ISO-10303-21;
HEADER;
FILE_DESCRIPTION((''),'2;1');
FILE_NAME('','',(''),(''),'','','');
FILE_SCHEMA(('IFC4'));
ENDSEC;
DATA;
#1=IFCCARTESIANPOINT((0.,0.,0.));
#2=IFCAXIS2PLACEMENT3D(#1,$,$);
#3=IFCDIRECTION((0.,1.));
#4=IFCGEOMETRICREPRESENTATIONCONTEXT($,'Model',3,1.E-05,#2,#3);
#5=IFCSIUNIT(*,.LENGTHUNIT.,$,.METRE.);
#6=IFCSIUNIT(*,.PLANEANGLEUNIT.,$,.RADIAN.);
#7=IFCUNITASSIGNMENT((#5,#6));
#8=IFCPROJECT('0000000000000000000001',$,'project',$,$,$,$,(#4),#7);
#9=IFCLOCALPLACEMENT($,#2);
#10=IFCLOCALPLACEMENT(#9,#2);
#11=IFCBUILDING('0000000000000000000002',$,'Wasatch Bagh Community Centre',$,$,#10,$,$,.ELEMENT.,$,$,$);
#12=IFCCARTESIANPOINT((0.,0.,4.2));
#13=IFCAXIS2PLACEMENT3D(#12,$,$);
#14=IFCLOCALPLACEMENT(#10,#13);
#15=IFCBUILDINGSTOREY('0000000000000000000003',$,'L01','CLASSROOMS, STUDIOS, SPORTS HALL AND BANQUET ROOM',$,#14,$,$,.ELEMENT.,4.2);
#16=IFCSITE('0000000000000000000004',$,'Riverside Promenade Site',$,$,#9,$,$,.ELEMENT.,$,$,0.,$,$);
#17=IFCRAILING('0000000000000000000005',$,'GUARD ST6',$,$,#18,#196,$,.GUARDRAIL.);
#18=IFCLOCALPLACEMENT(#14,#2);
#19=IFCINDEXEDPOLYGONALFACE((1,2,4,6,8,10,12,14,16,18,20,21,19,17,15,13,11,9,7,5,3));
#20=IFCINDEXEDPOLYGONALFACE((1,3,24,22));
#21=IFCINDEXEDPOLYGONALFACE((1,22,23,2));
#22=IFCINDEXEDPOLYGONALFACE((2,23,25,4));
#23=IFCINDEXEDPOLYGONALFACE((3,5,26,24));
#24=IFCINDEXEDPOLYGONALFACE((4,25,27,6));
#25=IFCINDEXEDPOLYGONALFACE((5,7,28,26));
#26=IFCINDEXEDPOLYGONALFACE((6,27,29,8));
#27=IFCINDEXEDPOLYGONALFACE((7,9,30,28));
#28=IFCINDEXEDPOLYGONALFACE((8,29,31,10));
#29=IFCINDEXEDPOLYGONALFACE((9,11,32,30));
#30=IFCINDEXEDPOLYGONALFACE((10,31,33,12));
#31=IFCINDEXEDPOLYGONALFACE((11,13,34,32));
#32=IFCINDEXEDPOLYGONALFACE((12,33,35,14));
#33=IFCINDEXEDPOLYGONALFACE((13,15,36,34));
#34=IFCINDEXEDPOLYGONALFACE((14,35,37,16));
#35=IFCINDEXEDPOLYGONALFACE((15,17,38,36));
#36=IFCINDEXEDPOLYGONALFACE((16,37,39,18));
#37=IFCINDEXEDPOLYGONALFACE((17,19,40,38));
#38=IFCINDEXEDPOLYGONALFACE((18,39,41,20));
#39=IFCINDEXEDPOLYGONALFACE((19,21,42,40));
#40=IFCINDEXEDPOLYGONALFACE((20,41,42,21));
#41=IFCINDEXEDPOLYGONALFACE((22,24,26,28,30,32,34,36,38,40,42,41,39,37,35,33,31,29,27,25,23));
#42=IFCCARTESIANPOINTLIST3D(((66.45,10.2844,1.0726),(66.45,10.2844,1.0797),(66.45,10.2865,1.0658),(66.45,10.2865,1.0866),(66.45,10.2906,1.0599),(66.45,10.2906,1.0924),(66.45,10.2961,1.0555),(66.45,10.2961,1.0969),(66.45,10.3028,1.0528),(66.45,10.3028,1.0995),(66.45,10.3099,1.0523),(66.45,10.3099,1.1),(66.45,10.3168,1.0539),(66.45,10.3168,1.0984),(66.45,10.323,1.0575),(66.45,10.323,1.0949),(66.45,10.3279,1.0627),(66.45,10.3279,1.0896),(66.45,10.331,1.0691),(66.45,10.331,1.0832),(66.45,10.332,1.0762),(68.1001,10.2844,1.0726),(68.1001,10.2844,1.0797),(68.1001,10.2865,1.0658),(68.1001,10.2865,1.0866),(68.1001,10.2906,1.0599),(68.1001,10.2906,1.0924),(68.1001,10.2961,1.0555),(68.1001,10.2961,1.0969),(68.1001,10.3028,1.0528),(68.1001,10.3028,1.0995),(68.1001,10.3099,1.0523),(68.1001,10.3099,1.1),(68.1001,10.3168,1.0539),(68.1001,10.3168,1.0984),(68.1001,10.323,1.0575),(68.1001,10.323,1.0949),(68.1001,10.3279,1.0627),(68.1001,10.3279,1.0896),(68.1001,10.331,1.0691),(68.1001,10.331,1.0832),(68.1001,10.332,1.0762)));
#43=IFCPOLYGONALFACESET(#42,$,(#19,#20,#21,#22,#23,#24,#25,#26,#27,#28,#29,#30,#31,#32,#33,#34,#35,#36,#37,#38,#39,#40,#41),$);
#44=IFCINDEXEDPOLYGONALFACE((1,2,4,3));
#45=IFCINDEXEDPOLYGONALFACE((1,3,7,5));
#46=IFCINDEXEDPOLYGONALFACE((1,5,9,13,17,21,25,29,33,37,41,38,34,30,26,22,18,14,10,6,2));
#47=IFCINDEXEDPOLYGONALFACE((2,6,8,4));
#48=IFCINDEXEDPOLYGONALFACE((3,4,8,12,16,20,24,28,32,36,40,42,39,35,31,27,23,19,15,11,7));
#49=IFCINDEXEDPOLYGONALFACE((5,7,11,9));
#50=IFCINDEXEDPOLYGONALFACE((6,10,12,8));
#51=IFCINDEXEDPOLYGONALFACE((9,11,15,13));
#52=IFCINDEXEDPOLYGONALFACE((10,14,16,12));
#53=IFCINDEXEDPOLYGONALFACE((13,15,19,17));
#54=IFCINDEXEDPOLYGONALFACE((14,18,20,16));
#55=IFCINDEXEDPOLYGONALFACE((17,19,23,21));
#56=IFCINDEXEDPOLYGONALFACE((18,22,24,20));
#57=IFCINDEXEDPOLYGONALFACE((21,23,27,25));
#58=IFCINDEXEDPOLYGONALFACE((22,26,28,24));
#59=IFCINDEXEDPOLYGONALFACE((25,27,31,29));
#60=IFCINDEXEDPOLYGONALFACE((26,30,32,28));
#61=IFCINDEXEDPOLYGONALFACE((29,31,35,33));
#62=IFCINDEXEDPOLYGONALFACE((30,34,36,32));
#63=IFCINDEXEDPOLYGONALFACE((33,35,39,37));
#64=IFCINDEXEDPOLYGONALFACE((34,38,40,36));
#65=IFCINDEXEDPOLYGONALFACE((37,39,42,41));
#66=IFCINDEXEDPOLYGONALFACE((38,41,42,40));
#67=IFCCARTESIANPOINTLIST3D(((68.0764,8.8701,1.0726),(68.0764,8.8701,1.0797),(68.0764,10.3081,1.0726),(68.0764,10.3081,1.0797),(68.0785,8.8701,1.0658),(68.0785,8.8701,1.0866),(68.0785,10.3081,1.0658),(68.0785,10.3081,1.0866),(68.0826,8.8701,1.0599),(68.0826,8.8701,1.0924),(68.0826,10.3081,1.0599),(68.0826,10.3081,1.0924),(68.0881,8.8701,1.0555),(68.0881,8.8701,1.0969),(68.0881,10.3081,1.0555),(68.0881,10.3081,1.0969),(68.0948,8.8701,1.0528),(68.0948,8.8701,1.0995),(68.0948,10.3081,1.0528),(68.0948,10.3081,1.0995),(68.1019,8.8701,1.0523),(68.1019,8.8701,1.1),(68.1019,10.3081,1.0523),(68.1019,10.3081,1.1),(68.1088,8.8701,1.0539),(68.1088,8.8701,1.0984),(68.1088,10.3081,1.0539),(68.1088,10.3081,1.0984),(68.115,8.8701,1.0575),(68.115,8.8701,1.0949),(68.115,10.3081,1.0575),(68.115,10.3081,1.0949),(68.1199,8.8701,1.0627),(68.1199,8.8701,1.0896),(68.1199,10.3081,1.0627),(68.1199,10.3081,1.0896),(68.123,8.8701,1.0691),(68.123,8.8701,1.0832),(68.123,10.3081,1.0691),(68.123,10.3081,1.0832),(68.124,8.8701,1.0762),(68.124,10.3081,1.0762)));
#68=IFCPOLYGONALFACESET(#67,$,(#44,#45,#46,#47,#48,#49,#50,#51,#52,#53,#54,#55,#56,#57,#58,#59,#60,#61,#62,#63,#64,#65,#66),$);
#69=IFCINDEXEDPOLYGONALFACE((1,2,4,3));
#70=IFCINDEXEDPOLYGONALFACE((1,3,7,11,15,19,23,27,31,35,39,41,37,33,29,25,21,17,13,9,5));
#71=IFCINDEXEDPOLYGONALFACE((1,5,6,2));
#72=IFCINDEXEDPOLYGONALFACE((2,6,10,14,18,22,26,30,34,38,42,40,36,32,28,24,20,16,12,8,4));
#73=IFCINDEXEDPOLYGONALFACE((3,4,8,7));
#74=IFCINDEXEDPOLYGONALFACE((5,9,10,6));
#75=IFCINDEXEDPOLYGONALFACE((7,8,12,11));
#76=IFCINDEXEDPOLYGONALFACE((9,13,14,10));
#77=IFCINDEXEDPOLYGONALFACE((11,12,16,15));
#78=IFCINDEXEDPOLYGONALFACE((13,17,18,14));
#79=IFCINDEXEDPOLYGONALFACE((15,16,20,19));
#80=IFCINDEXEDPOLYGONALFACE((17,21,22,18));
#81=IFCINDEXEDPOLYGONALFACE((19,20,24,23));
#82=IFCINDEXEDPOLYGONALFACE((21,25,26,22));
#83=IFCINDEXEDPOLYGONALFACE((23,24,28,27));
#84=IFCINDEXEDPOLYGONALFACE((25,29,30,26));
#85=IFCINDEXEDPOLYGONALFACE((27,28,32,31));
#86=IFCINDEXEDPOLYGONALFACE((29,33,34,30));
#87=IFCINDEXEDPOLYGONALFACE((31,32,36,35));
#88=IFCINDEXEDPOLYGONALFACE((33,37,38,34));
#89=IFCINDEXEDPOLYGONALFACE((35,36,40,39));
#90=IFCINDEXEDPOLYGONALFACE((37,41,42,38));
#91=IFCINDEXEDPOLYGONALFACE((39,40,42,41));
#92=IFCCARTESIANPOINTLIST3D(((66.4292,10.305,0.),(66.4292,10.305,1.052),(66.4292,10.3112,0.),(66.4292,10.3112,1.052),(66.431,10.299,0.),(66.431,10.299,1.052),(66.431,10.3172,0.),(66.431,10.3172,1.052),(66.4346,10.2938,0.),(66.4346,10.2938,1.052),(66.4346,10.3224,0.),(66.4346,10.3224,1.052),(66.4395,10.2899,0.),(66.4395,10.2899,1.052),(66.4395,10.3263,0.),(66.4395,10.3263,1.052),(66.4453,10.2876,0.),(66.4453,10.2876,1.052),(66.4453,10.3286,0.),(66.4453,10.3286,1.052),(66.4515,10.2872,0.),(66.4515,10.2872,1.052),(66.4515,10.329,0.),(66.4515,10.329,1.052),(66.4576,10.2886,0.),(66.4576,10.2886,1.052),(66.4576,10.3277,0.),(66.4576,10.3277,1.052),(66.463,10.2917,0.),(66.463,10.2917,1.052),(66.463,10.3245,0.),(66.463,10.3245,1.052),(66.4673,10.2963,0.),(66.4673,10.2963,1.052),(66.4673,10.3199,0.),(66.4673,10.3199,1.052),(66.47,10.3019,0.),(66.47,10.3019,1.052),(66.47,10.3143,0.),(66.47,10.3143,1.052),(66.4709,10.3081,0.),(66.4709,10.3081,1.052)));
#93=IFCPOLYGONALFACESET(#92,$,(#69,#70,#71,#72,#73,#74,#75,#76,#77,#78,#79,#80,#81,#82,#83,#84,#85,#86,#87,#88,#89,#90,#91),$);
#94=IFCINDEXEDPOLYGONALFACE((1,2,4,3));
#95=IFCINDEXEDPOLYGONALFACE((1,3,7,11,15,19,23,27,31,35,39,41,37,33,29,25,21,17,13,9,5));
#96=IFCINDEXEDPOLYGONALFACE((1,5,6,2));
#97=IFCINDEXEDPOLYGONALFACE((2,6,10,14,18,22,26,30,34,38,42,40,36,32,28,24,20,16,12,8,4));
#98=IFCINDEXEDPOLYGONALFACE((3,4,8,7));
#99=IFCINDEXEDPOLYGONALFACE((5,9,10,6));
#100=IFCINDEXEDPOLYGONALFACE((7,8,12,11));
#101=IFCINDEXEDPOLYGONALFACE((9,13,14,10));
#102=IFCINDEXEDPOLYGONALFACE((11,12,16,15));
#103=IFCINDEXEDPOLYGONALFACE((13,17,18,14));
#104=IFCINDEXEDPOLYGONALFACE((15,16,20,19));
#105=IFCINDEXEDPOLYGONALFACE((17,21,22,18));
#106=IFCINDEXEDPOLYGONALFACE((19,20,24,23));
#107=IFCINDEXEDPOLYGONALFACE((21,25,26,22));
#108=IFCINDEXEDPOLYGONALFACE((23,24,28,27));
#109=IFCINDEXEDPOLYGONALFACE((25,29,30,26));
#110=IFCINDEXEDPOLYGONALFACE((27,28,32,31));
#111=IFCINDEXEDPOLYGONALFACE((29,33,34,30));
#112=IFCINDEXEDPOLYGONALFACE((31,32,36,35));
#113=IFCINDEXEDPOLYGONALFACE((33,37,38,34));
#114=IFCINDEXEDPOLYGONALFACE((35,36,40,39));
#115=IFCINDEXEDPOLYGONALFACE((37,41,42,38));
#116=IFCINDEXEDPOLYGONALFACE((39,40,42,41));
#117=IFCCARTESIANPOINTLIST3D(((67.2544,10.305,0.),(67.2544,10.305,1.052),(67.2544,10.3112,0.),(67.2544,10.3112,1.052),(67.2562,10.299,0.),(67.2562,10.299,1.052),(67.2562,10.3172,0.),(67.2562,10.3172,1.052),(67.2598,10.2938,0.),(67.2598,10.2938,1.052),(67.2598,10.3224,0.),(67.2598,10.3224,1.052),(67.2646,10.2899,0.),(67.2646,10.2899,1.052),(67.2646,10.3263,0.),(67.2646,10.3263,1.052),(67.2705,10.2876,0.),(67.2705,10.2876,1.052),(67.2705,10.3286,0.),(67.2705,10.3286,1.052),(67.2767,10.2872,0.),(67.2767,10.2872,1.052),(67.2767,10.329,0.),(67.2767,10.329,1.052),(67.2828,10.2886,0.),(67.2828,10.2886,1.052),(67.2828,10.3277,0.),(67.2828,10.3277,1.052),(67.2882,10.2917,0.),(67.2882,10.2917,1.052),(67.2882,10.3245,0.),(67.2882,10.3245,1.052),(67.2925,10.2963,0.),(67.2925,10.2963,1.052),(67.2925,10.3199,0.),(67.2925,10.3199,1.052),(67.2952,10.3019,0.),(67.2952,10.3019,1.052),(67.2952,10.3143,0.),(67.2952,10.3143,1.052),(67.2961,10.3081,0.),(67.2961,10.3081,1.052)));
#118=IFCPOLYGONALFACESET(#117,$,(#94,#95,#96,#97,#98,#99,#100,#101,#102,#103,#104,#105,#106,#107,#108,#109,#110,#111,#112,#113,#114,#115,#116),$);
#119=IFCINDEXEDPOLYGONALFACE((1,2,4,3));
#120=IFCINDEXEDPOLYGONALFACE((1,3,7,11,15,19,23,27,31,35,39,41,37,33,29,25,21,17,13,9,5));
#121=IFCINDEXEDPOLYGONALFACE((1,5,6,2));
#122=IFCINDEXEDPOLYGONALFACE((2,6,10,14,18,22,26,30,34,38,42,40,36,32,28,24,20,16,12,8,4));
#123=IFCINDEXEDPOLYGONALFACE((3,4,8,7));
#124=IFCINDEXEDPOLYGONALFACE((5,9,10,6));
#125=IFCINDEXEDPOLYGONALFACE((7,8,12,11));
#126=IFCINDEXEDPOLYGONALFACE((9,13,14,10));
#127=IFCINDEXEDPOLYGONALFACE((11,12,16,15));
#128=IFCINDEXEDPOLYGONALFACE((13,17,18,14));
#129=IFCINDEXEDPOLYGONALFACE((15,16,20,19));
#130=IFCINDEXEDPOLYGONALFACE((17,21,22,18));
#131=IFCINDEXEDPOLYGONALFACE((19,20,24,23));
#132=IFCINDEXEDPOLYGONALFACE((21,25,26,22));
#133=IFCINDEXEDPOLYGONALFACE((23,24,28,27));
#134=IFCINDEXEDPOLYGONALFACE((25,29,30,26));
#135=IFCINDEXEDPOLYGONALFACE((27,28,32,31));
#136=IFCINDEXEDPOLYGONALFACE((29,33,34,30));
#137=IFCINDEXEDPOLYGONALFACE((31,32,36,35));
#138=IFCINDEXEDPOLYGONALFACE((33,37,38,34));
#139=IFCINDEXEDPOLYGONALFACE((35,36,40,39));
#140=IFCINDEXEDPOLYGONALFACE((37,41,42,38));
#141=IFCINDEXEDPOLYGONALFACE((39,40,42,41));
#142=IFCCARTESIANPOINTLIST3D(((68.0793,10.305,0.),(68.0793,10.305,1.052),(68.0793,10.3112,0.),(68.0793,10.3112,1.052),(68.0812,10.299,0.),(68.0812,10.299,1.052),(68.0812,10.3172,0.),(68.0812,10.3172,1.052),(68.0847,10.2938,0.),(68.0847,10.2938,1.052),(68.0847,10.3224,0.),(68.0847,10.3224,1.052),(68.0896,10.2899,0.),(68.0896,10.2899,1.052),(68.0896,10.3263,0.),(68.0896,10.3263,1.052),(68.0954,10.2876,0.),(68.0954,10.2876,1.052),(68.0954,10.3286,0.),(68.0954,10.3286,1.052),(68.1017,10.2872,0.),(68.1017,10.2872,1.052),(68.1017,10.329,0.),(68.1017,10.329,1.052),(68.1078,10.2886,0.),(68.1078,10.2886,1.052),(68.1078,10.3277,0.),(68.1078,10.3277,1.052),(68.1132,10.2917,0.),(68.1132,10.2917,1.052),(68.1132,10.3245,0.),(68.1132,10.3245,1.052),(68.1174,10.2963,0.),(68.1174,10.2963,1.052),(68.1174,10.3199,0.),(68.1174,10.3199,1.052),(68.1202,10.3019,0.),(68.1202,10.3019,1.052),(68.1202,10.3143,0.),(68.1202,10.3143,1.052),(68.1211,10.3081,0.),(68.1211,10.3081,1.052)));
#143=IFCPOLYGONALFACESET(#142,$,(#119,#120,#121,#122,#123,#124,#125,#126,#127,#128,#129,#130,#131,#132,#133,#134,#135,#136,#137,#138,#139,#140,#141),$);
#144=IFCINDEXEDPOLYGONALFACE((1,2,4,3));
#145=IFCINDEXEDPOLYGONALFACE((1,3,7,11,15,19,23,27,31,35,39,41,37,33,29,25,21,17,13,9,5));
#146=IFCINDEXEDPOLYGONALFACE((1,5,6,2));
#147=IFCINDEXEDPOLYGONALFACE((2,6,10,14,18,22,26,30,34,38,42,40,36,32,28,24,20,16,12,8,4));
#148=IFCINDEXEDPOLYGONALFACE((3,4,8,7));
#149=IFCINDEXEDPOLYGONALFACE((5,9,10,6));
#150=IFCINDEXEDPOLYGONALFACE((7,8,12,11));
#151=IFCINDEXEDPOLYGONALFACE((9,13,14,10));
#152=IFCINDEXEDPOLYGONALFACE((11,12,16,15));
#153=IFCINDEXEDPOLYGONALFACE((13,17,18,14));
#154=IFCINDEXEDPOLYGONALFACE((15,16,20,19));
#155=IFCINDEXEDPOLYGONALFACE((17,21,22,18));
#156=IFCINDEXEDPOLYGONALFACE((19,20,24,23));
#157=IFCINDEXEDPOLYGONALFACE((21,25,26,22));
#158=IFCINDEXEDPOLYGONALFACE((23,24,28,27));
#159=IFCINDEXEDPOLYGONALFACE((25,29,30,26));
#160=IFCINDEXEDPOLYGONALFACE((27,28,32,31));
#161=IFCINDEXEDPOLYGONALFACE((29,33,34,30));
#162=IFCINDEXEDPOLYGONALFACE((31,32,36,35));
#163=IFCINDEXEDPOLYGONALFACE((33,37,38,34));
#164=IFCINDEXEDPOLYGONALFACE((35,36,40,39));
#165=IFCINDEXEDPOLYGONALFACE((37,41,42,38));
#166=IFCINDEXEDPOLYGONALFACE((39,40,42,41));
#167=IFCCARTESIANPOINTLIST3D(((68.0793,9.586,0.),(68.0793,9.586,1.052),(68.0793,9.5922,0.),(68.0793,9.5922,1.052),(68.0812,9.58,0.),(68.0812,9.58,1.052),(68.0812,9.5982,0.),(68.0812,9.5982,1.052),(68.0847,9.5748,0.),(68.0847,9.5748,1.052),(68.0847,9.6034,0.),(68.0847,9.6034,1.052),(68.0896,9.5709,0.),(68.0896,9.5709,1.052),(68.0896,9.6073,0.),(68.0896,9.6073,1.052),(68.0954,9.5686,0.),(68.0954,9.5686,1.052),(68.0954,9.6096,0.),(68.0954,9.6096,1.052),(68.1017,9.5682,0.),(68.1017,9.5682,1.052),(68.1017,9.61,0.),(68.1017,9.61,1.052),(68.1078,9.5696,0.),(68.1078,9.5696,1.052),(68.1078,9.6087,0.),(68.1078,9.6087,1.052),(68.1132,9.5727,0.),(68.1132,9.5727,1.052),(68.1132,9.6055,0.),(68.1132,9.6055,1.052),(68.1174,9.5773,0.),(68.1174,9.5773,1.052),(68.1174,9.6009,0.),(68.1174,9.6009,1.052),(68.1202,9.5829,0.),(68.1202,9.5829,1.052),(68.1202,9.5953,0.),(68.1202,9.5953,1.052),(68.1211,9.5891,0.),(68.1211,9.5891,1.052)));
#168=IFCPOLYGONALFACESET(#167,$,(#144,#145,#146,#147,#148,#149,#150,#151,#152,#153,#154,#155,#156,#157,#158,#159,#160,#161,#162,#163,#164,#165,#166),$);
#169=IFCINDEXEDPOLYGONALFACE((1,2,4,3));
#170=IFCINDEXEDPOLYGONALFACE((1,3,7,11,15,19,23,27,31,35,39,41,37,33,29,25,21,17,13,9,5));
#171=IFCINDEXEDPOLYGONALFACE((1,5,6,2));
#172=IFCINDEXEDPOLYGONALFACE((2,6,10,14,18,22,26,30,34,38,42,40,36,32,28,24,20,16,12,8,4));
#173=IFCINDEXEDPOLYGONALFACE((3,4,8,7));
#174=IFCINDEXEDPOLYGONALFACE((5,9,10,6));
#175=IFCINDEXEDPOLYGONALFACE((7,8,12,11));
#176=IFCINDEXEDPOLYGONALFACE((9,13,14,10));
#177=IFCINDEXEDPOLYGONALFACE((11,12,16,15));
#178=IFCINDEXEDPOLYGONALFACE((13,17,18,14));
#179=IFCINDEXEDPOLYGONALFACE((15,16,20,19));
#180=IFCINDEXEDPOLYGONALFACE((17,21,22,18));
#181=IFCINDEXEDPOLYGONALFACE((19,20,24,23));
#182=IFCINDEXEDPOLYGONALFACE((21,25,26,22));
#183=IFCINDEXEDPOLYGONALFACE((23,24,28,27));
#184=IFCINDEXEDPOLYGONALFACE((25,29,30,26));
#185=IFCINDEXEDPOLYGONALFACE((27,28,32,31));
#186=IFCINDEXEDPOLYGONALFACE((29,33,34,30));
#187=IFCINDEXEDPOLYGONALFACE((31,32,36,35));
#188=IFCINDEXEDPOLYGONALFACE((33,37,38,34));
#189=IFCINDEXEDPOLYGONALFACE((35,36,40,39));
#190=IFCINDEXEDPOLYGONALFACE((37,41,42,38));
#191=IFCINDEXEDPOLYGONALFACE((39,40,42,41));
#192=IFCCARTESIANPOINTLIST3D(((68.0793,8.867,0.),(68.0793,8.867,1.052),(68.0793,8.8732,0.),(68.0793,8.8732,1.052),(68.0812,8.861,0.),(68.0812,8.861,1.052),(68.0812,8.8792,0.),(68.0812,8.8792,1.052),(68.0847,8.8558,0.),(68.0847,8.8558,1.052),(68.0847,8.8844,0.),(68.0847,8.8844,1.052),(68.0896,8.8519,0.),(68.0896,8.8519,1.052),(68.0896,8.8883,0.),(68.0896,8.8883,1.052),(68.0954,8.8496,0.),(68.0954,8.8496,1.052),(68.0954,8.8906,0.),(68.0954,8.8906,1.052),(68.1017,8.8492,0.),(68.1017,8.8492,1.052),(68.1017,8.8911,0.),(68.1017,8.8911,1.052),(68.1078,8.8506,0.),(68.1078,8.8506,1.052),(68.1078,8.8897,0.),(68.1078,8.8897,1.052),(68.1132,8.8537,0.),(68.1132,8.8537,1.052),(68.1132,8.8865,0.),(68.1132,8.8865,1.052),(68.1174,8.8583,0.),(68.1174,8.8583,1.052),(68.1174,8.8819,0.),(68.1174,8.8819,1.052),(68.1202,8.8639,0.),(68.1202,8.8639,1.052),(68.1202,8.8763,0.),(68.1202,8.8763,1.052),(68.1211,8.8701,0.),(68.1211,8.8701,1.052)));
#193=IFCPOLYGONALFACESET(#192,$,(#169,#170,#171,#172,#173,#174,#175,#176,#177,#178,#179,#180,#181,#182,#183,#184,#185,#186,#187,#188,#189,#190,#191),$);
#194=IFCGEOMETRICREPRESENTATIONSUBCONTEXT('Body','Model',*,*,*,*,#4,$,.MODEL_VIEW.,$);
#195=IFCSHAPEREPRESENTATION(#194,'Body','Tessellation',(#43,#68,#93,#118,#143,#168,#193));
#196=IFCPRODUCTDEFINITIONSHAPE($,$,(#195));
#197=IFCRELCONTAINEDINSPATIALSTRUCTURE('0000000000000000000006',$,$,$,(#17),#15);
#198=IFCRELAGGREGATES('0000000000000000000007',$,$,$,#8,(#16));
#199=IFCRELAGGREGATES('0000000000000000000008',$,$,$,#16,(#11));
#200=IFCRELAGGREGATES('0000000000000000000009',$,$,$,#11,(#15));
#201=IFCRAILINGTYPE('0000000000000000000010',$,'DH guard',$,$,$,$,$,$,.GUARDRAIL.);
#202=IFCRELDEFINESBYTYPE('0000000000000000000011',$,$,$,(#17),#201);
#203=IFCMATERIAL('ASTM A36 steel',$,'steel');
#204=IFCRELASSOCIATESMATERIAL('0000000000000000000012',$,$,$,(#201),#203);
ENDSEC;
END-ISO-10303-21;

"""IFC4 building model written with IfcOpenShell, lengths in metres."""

from ifc_helpers import new_model, si_unit, direction, frame, origin, origin_2d, place, context, subcontext, project, spatial, circle, extrude, material, type_object, element, save


model = new_model("IFC4")

# Units and contexts
model_context = context("Model", 3, precision=1e-05, world=origin(), true_north=direction((0.0, 1.0)))
body_context = subcontext(model_context, "Body", "Model", "MODEL_VIEW")
ifc_project = project(units=[si_unit("LENGTHUNIT", "METRE"), si_unit("PLANEANGLEUNIT", "RADIAN")], contexts=[model_context])

# Site, building, storey
site_placement = place(None, origin())
site = spatial("IfcSite", under=ifc_project, at=site_placement, Name="Riverside Promenade Site", CompositionType="ELEMENT", RefElevation=0.0)
building_placement = place(site_placement, origin())
building = spatial("IfcBuilding", under=site, at=building_placement, Name="Wasatch Bagh Community Centre", CompositionType="ELEMENT")
storey_placement = place(building_placement, frame((0.0, 0.0, 4.2)))
storey = spatial("IfcBuildingStorey", under=building, at=storey_placement, Name="L01", Description="CLASSROOMS, STUDIOS, SPORTS HALL AND BANQUET ROOM", CompositionType="ELEMENT", Elevation=4.2)

# Railing
ifc_material_1 = material(Name="ASTM A36 steel", Category="steel")
railing_type = type_object("IfcRailingType", Name="DH guard", PredefinedType="GUARDRAIL", material=ifc_material_1)
railing_1_placement = place(storey_placement, frame((66.45, 10.3081, 0.0)))
element("IfcRailing", 1, at=railing_1_placement, inside=storey, type_object=railing_type, Name="GUARD ST6", PredefinedType="GUARDRAIL", context=body_context, shape_type="SweptSolid", body=[
    extrude(circle(Radius=0.0239, at=origin_2d()), frame((0.0, 0.0, 1.0762), z_axis=(1.0, 0.0, 0.0), x_axis=(0.0, 1.0, 0.0)), (0.0, 0.0, 1.0), 1.6501),
    extrude(circle(Radius=0.0239, at=origin_2d()), frame((1.6501, 0.0, 1.0762), z_axis=(0.0, -1.0, 0.0), x_axis=(1.0, 0.0, 0.0)), (0.0, 0.0, 1.0), 1.438),
    extrude(circle(Radius=0.021, at=origin_2d()), origin(), (0.0, 0.0, 1.0), 1.052),
    extrude(circle(Radius=0.021, at=origin_2d()), frame((0.8252, 0.0, 0.0)), (0.0, 0.0, 1.0), 1.052),
    extrude(circle(Radius=0.021, at=origin_2d()), frame((1.6501, 0.0, 0.0)), (0.0, 0.0, 1.0), 1.052),
    extrude(circle(Radius=0.021, at=origin_2d()), frame((1.6501, -0.719, 0.0)), (0.0, 0.0, 1.0), 1.052),
    extrude(circle(Radius=0.021, at=origin_2d()), frame((1.6501, -1.438, 0.0)), (0.0, 0.0, 1.0), 1.052),
])

save(model, "model.ifc")
